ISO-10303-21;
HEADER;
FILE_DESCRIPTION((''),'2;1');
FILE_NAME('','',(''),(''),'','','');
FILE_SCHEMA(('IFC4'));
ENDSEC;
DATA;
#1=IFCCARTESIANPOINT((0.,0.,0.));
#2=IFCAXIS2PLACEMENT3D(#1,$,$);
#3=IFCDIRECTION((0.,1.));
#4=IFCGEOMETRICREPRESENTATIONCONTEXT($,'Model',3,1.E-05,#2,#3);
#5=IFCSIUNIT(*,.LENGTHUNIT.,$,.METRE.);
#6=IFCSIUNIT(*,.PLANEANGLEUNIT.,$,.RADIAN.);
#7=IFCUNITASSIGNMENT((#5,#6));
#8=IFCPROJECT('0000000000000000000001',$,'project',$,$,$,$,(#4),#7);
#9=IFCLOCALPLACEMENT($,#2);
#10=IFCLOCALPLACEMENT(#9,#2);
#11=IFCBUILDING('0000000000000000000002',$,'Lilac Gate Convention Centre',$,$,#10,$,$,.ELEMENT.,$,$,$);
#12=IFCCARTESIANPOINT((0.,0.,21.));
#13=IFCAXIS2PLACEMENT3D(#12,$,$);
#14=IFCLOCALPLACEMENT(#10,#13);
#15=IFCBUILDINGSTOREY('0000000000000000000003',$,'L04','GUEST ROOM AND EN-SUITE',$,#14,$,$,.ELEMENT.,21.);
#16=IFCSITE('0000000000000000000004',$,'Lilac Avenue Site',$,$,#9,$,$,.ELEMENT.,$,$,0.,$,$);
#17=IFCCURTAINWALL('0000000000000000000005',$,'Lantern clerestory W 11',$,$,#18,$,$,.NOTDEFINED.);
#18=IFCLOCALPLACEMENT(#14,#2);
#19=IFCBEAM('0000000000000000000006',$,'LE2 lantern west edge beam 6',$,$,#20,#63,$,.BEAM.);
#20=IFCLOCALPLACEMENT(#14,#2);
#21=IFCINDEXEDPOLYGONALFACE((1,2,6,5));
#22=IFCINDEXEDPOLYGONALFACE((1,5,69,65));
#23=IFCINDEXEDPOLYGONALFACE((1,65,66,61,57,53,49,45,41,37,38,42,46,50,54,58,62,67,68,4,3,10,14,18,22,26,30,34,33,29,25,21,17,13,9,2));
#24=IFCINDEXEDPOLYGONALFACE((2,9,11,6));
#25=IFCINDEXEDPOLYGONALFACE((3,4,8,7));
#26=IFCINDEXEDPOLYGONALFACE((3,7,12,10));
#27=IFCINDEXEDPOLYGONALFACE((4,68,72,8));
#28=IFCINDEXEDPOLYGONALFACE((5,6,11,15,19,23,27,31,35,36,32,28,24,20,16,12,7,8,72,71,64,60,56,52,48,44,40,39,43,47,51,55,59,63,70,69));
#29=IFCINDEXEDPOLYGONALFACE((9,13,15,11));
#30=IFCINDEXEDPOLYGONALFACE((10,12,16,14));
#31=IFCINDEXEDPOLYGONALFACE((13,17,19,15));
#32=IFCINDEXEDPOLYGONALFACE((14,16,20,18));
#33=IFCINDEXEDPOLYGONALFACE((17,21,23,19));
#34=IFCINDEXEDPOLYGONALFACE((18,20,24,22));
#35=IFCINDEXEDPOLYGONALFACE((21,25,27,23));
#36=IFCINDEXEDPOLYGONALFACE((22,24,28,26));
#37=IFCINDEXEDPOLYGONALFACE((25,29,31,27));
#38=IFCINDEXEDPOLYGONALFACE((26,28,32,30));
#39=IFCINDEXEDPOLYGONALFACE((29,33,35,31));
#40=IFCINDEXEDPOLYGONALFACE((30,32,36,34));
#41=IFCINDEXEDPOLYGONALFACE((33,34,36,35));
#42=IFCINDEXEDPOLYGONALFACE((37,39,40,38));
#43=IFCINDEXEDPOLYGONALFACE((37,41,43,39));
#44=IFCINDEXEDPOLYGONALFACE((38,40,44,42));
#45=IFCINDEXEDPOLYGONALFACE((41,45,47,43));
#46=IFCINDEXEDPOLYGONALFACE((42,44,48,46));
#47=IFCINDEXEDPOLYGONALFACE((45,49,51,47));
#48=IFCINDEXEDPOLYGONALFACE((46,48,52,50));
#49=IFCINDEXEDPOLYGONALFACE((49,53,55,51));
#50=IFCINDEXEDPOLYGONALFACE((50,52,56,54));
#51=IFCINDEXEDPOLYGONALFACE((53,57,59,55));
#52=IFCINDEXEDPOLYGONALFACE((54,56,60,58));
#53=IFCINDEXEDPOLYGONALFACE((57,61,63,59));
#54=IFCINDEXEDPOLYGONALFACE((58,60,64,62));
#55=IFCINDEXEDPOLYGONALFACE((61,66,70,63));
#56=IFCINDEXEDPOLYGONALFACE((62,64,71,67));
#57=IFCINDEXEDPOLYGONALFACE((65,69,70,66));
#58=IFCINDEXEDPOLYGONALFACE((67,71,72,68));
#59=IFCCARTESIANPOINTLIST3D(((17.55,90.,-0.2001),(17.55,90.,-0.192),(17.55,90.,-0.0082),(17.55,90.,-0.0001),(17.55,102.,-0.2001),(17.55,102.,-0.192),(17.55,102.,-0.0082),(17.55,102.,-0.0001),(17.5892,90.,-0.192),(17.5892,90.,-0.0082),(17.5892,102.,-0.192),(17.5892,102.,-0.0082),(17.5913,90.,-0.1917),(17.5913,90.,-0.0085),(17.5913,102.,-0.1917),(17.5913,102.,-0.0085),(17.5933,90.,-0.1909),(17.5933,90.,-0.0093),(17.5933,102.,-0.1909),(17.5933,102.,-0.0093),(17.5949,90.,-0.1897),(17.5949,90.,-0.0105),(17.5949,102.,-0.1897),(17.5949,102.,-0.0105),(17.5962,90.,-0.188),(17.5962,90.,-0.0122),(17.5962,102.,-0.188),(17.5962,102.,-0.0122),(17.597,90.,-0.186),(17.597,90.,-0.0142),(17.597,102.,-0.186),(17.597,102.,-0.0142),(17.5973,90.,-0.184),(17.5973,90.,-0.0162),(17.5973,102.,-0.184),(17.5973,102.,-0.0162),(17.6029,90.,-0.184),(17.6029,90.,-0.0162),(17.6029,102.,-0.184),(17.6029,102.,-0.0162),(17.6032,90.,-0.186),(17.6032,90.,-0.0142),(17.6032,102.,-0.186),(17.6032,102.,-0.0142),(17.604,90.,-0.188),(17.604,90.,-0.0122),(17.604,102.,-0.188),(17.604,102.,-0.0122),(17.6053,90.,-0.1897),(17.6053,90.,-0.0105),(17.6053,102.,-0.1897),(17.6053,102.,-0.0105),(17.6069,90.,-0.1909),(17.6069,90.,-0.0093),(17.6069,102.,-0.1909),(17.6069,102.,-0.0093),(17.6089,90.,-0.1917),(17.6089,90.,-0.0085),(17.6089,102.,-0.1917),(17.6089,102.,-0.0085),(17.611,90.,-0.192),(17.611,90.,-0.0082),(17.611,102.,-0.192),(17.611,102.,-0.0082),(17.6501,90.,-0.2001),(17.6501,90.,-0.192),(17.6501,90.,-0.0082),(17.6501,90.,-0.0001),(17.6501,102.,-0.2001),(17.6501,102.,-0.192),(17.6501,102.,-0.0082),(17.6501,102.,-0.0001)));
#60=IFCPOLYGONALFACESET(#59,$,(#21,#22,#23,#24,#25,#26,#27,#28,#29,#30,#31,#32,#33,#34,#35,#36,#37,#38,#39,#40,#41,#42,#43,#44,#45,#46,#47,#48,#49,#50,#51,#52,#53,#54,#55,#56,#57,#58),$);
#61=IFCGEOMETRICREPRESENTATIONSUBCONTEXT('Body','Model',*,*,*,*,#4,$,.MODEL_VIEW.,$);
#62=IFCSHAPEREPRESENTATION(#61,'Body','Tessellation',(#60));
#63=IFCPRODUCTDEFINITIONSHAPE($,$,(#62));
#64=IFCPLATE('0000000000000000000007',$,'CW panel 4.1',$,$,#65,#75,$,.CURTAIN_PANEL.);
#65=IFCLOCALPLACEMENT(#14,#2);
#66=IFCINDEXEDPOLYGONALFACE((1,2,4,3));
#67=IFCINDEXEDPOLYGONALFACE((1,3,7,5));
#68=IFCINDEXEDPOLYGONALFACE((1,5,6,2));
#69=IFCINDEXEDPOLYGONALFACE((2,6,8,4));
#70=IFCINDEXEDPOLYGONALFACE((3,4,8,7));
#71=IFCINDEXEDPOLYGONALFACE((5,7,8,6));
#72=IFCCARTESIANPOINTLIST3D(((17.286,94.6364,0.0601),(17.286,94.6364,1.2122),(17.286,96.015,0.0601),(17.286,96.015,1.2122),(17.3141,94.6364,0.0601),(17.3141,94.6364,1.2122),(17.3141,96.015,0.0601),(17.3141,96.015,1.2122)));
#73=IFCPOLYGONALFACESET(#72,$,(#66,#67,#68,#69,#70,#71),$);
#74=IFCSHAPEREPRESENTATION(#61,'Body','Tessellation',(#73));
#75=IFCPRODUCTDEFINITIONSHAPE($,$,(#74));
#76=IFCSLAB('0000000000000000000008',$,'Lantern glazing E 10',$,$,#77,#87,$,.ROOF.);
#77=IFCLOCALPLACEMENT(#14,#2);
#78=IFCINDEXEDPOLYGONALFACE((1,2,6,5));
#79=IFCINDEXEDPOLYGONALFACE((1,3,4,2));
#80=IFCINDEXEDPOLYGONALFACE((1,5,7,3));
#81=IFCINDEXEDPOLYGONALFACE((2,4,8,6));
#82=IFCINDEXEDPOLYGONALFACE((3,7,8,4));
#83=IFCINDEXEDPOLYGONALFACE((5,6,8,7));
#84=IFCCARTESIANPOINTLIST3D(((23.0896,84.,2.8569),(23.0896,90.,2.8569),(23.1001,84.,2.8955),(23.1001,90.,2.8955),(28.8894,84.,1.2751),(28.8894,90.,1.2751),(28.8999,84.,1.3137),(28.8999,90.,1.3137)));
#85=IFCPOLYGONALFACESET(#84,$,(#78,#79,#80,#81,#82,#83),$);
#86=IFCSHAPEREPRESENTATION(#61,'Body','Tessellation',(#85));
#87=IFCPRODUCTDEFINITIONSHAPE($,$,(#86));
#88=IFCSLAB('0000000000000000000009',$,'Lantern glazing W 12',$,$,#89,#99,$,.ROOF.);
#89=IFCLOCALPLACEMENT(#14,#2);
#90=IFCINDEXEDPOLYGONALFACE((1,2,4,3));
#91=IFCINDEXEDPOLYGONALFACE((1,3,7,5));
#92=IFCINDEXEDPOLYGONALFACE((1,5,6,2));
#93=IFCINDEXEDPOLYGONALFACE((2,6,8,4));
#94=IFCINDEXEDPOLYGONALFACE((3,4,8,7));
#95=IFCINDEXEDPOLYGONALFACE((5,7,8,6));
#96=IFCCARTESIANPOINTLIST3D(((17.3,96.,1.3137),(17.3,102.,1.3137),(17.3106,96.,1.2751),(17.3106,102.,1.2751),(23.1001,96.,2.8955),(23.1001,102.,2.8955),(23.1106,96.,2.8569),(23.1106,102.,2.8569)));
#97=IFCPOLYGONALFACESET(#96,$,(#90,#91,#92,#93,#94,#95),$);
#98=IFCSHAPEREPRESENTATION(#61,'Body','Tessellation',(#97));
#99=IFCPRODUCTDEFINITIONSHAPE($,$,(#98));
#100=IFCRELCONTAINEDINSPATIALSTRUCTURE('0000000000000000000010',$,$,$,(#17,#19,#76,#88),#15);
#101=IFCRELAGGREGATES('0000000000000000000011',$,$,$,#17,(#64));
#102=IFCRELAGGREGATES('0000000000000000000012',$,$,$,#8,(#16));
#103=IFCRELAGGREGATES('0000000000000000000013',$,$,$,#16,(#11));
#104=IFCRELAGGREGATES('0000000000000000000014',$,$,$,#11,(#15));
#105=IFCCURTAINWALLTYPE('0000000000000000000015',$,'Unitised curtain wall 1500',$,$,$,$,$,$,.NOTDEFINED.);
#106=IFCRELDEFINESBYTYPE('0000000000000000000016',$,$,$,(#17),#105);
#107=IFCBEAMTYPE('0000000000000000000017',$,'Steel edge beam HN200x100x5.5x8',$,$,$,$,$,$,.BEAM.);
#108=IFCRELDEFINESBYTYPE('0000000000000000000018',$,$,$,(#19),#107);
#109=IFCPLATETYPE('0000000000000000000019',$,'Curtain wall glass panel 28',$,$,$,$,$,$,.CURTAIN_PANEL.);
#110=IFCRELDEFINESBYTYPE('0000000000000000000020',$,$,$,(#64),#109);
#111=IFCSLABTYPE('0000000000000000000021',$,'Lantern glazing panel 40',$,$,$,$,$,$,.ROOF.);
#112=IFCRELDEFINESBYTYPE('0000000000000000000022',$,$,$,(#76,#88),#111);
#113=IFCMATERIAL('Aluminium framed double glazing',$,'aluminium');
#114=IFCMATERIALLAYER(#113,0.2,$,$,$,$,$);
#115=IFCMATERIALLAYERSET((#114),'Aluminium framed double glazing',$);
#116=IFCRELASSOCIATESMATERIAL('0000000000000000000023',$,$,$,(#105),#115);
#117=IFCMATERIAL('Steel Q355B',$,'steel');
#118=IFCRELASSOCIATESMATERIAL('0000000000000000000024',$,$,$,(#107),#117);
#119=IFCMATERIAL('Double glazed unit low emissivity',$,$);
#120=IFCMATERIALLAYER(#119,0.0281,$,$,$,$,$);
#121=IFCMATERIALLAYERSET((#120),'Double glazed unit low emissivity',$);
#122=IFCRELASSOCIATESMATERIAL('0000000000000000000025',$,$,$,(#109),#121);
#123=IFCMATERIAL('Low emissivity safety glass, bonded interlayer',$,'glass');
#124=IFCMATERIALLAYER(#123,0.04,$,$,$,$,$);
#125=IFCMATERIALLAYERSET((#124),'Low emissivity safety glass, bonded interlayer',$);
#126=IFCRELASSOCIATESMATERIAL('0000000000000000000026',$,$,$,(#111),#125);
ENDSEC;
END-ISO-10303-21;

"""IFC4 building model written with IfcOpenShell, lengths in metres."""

from ifc_helpers import new_model, si_unit, direction, frame, origin, origin_2d, place, context, subcontext, project, spatial, polyline, rectangle, i_section, outline, extrude, material, layer, layer_set, material_profile, profile_set, type_object, element, aggregate, save


model = new_model("IFC4")

# Units and contexts
model_context = context("Model", 3, precision=1e-05, world=origin(), true_north=direction((0.0, 1.0)))
body_context = subcontext(model_context, "Body", "Model", "MODEL_VIEW")
ifc_project = project(units=[si_unit("LENGTHUNIT", "METRE"), si_unit("PLANEANGLEUNIT", "RADIAN")], contexts=[model_context])

# Site, building, storey
site_placement = place(None, origin())
site = spatial("IfcSite", under=ifc_project, at=site_placement, Name="Lilac Avenue Site", CompositionType="ELEMENT", RefElevation=0.0)
building_placement = place(site_placement, origin())
building = spatial("IfcBuilding", under=site, at=building_placement, Name="Lilac Gate Convention Centre", CompositionType="ELEMENT")
storey_placement = place(building_placement, frame((0.0, 0.0, 21.0)))
storey = spatial("IfcBuildingStorey", under=building, at=storey_placement, Name="L04", Description="GUEST ROOM AND EN-SUITE", CompositionType="ELEMENT", Elevation=21.0)

# Curtain wall
ifc_material_1 = material(Name="Aluminium framed double glazing", Category="aluminium")
ifc_layer_1 = layer(ifc_material_1, 0.2)
ifc_layer_set_1 = layer_set([ifc_layer_1], Name="Aluminium framed double glazing")
curtain_wall_type = type_object("IfcCurtainWallType", Name="Unitised curtain wall 1500", PredefinedType="NOTDEFINED", material=ifc_layer_set_1)
curtain_wall_placement = place(storey_placement, origin())
curtain_wall = element("IfcCurtainWall", 1, at=curtain_wall_placement, inside=storey, type_object=curtain_wall_type, Name="Lantern clerestory W 11", PredefinedType="NOTDEFINED")

# Shared definitions
ifc_material_2 = material(Name="Steel Q355B", Category="steel")

# Beam
ifc_material_profile_1 = material_profile(ifc_material_2, i_section(OverallWidth=0.1001, OverallDepth=0.2, WebThickness=0.0056, FlangeThickness=0.0081, FilletRadius=0.0081, at=origin_2d()), Name="HN200x100x5.5x8")
ifc_profile_set_1 = profile_set([ifc_material_profile_1], Name="Steel Q355B")
beam_type = type_object("IfcBeamType", Name="Steel edge beam HN200x100x5.5x8", PredefinedType="BEAM", material=ifc_profile_set_1)
beam_placement = place(storey_placement, frame((17.6001, 90.0, -0.1001), z_axis=(0.0, 1.0, 0.0), x_axis=(-1.0, 0.0, 0.0)))
element("IfcBeam", 2, at=beam_placement, inside=storey, type_object=beam_type, Name="LE2 lantern west edge beam 6", PredefinedType="BEAM", context=body_context, shape_type="SweptSolid", body=[
    extrude(i_section(OverallWidth=0.1001, OverallDepth=0.2, WebThickness=0.0056, FlangeThickness=0.0081, FilletRadius=0.0081, at=origin_2d()), origin(), (0.0, 0.0, 1.0), 12.0),
])

# Plate
ifc_material_3 = material(Name="Double glazed unit low emissivity")
ifc_layer_2 = layer(ifc_material_3, 0.0281)
ifc_layer_set_2 = layer_set([ifc_layer_2], Name="Double glazed unit low emissivity")
plate_type = type_object("IfcPlateType", Name="Curtain wall glass panel 28", PredefinedType="CURTAIN_PANEL", material=ifc_layer_set_2)
plate_placement = place(storey_placement, frame((17.3, 95.3257, 0.0601), z_axis=(0.0, 0.0, 1.0), x_axis=(0.0, 1.0, 0.0)))
plate = element("IfcPlate", 3, at=plate_placement, type_object=plate_type, Name="CW panel 4.1", PredefinedType="CURTAIN_PANEL", context=body_context, shape_type="SweptSolid", body=[
    extrude(rectangle(XDim=1.3787, YDim=0.0281, at=origin_2d()), origin(), (0.0, 0.0, 1.0), 1.1521),
])
aggregate(curtain_wall, [plate])

# Slabs
ifc_material_4 = material(Name="Low emissivity safety glass, bonded interlayer", Category="glass")
ifc_layer_3 = layer(ifc_material_4, 0.04)
ifc_layer_set_3 = layer_set([ifc_layer_3], Name="Low emissivity safety glass, bonded interlayer")
slab_type = type_object("IfcSlabType", Name="Lantern glazing panel 40", PredefinedType="ROOF", material=ifc_layer_set_3)
slab_1_placement = place(storey_placement, frame((23.1001, 84.0, 2.8955), z_axis=(0.263121, 0.0, 0.964763), x_axis=(0.964763, 0.0, -0.263121)))
element("IfcSlab", 4, at=slab_1_placement, inside=storey, type_object=slab_type, Name="Lantern glazing E 10", PredefinedType="ROOF", context=body_context, shape_type="SweptSolid", body=[
    extrude(outline(polyline([(0.0, 0.0), (6.0116, 0.0), (6.0116, 6.0), (0.0, 6.0), (0.0, 0.0)])), origin(), (0.0, 0.0, -1.0), 0.04),
])
slab_2_placement = place(storey_placement, frame((17.3, 96.0, 1.3137), z_axis=(-0.263111, 0.0, 0.964766), x_axis=(0.964766, 0.0, 0.263111)))
element("IfcSlab", 5, at=slab_2_placement, inside=storey, type_object=slab_type, Name="Lantern glazing W 12", PredefinedType="ROOF", context=body_context, shape_type="SweptSolid", body=[
    extrude(outline(polyline([(0.0, 0.0), (6.0119, 0.0), (6.0119, 6.0), (0.0, 6.0), (0.0, 0.0)])), origin(), (0.0, 0.0, -1.0), 0.04),
])

save(model, "model.ifc")
